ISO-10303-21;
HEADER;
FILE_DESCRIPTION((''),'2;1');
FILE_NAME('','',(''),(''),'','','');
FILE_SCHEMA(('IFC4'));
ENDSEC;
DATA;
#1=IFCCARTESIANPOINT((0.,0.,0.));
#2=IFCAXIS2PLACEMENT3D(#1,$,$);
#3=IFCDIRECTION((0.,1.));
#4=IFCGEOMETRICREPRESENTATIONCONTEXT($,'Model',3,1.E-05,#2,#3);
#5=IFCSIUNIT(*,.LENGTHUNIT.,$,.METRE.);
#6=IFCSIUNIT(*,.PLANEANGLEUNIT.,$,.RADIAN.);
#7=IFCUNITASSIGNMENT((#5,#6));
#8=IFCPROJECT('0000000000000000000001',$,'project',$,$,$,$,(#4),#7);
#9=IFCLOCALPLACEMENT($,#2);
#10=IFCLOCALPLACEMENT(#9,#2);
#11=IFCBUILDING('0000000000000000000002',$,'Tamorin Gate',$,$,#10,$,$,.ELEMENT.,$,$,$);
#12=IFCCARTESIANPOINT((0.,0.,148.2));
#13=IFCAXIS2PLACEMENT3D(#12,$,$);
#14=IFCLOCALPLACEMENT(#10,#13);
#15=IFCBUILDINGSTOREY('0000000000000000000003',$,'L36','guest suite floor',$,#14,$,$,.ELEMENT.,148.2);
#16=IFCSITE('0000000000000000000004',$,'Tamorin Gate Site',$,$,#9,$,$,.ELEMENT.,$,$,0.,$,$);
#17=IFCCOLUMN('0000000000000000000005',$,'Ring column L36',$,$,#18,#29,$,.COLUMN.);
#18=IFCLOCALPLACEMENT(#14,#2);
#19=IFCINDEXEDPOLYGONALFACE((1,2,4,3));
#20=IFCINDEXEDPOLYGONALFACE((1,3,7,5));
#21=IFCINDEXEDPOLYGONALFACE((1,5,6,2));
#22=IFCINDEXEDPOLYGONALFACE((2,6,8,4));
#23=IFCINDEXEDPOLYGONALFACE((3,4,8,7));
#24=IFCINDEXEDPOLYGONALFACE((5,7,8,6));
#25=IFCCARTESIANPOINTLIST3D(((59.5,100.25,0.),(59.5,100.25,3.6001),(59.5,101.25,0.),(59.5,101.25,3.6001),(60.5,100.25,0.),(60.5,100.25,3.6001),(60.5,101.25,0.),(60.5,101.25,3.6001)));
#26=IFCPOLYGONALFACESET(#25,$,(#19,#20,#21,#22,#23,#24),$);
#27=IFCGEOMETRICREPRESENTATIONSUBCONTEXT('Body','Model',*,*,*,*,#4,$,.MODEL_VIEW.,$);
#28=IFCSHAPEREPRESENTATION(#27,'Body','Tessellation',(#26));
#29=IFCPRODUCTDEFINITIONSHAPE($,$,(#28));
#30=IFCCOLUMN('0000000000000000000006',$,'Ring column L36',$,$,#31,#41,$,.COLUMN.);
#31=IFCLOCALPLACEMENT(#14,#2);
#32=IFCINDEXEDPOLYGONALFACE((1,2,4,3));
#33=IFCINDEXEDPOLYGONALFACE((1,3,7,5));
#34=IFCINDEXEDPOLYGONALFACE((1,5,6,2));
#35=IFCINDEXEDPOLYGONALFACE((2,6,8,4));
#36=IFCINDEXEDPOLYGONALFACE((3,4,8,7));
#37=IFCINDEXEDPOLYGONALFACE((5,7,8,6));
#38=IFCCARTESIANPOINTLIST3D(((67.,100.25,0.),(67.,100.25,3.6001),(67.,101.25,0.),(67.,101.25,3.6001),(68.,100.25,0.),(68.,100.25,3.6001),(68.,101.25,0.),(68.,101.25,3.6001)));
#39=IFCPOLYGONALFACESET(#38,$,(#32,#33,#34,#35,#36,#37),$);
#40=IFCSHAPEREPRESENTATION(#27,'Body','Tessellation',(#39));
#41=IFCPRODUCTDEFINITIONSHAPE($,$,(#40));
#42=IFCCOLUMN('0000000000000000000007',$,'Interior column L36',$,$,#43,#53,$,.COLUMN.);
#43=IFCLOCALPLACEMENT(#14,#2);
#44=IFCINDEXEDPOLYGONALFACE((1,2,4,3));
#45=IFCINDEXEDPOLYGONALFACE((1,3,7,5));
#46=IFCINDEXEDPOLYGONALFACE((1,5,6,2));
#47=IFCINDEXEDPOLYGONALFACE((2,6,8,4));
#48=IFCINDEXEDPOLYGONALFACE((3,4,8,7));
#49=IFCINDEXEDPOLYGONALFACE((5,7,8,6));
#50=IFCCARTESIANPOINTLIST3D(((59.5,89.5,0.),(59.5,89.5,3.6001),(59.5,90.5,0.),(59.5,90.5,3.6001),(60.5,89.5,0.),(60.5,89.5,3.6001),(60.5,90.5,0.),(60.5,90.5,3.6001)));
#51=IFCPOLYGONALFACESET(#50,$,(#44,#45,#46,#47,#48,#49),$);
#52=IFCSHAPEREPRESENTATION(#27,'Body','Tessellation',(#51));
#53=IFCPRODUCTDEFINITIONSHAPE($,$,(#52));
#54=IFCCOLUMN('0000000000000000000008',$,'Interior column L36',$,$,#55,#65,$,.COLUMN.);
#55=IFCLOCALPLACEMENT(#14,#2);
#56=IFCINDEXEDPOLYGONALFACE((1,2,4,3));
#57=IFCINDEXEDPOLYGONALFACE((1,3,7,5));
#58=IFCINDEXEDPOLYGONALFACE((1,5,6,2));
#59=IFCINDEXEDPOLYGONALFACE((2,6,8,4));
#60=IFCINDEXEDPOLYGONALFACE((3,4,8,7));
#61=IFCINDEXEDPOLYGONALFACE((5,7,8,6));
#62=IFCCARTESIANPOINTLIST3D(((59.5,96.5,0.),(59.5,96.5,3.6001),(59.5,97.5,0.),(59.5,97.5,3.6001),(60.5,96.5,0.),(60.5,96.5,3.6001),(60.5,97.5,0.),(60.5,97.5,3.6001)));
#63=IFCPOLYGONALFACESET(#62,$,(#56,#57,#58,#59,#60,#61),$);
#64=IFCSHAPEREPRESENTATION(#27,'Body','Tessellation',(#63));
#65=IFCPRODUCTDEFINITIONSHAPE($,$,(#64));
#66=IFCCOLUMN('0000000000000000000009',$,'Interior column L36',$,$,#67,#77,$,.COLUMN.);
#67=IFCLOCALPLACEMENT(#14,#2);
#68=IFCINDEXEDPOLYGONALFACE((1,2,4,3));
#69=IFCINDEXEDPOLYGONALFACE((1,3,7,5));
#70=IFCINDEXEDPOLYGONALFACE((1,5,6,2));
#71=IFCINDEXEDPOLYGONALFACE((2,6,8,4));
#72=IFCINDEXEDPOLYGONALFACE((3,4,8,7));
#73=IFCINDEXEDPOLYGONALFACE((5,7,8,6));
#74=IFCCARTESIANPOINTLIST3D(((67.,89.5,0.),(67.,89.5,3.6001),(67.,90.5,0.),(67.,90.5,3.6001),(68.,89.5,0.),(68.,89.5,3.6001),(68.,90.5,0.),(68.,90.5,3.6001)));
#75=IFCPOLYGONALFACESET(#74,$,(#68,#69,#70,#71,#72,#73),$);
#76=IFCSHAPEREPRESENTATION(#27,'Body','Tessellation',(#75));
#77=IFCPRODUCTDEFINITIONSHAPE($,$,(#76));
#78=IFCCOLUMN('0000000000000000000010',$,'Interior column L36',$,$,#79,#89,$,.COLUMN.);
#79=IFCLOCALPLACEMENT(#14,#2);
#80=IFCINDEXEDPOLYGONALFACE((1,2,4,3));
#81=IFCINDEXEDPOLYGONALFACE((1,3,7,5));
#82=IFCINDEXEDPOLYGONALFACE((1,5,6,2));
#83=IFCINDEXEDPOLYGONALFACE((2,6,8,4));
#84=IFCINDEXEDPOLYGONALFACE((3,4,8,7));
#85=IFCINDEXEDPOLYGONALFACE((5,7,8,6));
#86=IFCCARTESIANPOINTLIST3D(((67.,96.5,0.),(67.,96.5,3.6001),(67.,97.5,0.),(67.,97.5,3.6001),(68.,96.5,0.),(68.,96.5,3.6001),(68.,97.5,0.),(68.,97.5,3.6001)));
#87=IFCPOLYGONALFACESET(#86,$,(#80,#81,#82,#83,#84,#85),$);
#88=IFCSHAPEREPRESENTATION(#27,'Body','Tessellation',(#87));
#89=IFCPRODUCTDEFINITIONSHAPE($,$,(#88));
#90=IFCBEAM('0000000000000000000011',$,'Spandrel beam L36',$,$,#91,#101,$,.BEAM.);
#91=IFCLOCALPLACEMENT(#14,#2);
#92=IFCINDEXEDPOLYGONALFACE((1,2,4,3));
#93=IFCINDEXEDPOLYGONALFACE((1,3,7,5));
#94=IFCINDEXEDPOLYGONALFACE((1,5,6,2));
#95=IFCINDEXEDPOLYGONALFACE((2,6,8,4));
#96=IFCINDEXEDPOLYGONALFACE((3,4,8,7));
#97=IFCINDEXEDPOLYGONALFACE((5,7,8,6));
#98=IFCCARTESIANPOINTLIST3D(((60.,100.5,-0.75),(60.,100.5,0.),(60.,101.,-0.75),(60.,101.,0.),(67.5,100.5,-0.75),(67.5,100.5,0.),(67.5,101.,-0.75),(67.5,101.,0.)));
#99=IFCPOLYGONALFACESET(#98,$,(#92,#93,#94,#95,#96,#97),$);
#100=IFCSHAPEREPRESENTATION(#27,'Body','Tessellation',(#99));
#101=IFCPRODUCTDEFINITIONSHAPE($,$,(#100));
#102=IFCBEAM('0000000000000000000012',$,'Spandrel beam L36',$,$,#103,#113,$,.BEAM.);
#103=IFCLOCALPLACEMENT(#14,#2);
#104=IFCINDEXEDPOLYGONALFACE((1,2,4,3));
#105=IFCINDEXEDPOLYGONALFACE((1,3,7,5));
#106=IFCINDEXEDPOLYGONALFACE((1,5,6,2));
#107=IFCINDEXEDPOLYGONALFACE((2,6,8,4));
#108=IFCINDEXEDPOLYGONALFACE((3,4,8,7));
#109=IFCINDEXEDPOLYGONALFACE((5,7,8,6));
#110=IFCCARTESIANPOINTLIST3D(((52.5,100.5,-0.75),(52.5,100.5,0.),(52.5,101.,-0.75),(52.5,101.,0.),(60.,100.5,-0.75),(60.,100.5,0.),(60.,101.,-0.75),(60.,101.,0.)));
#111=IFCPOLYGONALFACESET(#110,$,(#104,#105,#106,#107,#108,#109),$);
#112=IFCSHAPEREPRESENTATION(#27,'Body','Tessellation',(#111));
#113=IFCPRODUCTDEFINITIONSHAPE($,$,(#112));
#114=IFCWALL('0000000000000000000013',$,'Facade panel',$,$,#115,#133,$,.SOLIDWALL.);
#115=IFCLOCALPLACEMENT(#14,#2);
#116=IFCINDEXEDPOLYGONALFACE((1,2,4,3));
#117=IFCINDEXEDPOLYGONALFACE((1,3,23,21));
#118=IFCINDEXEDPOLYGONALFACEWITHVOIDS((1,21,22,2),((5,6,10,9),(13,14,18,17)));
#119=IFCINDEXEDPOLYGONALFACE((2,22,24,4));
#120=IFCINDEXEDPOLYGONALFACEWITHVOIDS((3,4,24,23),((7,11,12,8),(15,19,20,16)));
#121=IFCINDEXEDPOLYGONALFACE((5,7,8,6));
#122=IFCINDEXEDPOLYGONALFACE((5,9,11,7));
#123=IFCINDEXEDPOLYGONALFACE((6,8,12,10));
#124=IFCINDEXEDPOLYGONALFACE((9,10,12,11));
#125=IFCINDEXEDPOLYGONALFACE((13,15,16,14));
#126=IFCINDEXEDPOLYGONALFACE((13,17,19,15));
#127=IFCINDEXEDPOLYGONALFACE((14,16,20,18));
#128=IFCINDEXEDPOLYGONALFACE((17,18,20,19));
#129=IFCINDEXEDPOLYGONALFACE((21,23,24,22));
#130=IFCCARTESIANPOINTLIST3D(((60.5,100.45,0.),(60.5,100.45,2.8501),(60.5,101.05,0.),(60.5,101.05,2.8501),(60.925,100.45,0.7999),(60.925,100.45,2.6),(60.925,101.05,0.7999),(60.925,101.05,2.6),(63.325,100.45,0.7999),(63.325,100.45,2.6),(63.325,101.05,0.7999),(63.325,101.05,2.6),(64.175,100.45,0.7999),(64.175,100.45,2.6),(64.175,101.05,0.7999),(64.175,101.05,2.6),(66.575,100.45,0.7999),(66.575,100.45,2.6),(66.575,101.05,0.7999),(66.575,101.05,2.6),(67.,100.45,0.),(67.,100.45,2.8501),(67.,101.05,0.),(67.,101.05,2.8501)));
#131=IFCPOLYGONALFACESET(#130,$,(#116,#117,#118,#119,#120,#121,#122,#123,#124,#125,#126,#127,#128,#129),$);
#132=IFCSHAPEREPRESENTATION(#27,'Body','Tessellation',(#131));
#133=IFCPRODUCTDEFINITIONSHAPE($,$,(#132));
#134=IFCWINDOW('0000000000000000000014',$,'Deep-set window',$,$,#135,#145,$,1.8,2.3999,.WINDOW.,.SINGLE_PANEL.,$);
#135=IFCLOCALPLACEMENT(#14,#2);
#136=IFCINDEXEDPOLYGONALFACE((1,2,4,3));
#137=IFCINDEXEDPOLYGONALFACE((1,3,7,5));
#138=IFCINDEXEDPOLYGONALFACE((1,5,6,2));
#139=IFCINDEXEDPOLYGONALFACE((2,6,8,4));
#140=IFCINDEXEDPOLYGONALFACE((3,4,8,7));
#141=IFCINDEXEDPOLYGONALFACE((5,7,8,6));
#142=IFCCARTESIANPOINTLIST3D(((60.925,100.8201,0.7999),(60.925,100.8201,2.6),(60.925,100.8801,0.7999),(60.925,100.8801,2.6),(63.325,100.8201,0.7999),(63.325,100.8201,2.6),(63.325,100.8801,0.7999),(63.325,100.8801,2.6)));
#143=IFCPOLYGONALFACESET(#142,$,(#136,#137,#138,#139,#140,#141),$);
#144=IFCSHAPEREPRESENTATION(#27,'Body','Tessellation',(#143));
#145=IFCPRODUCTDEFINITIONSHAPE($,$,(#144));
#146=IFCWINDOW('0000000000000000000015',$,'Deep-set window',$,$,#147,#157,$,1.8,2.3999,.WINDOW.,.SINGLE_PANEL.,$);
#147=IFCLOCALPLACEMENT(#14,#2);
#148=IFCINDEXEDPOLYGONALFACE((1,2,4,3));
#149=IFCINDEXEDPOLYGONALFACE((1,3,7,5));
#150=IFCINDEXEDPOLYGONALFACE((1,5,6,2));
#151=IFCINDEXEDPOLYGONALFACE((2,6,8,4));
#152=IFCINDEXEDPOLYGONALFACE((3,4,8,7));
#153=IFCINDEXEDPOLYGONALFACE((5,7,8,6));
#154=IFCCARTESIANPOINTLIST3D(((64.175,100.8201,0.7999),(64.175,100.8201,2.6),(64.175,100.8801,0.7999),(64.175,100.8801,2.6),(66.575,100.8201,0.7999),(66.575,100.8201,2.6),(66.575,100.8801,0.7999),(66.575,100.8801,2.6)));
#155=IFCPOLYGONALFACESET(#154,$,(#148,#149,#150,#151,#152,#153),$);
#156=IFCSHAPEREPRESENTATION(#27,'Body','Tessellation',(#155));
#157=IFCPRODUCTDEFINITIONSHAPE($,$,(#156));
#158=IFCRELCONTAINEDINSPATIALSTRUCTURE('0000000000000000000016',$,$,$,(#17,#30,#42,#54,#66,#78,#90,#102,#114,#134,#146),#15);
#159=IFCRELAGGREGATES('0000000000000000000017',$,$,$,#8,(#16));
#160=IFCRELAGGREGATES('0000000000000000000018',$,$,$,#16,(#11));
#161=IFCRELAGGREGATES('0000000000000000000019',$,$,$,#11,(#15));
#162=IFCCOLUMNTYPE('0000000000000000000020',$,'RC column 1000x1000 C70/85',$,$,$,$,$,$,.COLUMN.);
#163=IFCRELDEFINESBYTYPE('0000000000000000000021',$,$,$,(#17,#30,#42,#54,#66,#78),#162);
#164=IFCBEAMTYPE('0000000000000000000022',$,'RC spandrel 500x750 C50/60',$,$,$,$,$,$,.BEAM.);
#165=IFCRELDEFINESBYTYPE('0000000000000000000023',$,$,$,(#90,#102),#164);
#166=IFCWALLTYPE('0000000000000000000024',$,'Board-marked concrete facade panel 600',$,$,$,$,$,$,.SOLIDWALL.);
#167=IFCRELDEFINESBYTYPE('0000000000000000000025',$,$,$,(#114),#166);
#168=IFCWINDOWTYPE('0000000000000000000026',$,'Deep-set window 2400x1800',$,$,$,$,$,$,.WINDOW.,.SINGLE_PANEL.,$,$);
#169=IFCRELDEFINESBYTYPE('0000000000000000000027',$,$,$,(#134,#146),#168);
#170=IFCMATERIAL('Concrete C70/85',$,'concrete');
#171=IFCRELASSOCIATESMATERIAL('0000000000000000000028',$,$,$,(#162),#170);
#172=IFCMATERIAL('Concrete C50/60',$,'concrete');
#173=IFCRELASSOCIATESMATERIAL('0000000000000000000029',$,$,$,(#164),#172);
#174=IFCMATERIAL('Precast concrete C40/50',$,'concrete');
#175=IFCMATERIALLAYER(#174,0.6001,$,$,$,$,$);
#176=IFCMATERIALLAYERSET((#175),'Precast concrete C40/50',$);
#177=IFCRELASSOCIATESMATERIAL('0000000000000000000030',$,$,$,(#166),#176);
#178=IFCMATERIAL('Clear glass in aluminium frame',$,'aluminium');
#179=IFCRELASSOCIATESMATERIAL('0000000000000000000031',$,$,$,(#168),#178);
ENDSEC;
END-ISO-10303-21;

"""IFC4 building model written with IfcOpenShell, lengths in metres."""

from ifc_helpers import new_model, si_unit, direction, frame, frame_2d, origin, origin_2d, place, context, subcontext, project, spatial, rectangle, extrude, material, layer, layer_set, material_profile, profile_set, type_object, element, fill, save


model = new_model("IFC4")

# Units and contexts
model_context = context("Model", 3, precision=1e-05, world=origin(), true_north=direction((0.0, 1.0)))
body_context = subcontext(model_context, "Body", "Model", "MODEL_VIEW")
ifc_project = project(units=[si_unit("LENGTHUNIT", "METRE"), si_unit("PLANEANGLEUNIT", "RADIAN")], contexts=[model_context])

# Site, building, storey
site_placement = place(None, origin())
site = spatial("IfcSite", under=ifc_project, at=site_placement, Name="Tamorin Gate Site", CompositionType="ELEMENT", RefElevation=0.0)
building_placement = place(site_placement, origin())
building = spatial("IfcBuilding", under=site, at=building_placement, Name="Tamorin Gate", CompositionType="ELEMENT")
storey_placement = place(building_placement, frame((0.0, 0.0, 148.2)))
storey = spatial("IfcBuildingStorey", under=building, at=storey_placement, Name="L36", Description="guest suite floor", CompositionType="ELEMENT", Elevation=148.2)

# Columns
ifc_material_1 = material(Name="Concrete C70/85", Category="concrete")
ifc_material_profile_1 = material_profile(ifc_material_1, rectangle(XDim=1.0, YDim=1.0, at=origin_2d()), Name="RC 1000x1000")
ifc_profile_set_1 = profile_set([ifc_material_profile_1], Name="Concrete C70/85")
column_type = type_object("IfcColumnType", Name="RC column 1000x1000 C70/85", PredefinedType="COLUMN", material=ifc_profile_set_1)
for number, where, z_axis, x_axis, name in (
    (1, (60.0, 100.75, 0.0), (0.0, 0.0, 1.0), (1.0, 0.0, 0.0), "Ring column L36"),
    (2, (67.5, 100.75, 0.0), (0.0, 0.0, 1.0), (1.0, 0.0, 0.0), "Ring column L36"),
    (3, (60.0, 90.0, 0.0), (0.0, 0.0, 1.0), (1.0, 0.0, 0.0), "Interior column L36"),
    (4, (60.0, 97.0, 0.0), (0.0, 0.0, 1.0), (1.0, 0.0, 0.0), "Interior column L36"),
    (5, (67.5, 90.0, 0.0), (0.0, 0.0, 1.0), (1.0, 0.0, 0.0), "Interior column L36"),
    (6, (67.5, 97.0, 0.0), (0.0, 0.0, 1.0), (1.0, 0.0, 0.0), "Interior column L36"),
):
    element("IfcColumn", number, at=place(storey_placement, frame(where, z_axis=z_axis, x_axis=x_axis)), inside=storey, type_object=column_type, Name=name, PredefinedType="COLUMN", context=body_context, shape_type="SweptSolid", body=[
        extrude(rectangle(XDim=1.0, YDim=1.0, at=origin_2d()), origin(), (0.0, 0.0, 1.0), 3.6001),
    ])

# Beams
ifc_material_2 = material(Name="Concrete C50/60", Category="concrete")
ifc_material_profile_2 = material_profile(ifc_material_2, rectangle(XDim=0.5, YDim=0.75, at=origin_2d()), Name="RC 500x750")
ifc_profile_set_2 = profile_set([ifc_material_profile_2], Name="Concrete C50/60")
beam_type = type_object("IfcBeamType", Name="RC spandrel 500x750 C50/60", PredefinedType="BEAM", material=ifc_profile_set_2)
for number, where, z_axis, x_axis, name in (
    (7, (67.5, 100.75, -0.375), (-1.0, 0.0, 0.0), (0.0, -1.0, 0.0), "Spandrel beam L36"),
    (8, (60.0, 100.75, -0.375), (-1.0, 0.0, 0.0), (0.0, -1.0, 0.0), "Spandrel beam L36"),
):
    element("IfcBeam", number, at=place(storey_placement, frame(where, z_axis=z_axis, x_axis=x_axis)), inside=storey, type_object=beam_type, Name=name, PredefinedType="BEAM", context=body_context, shape_type="SweptSolid", body=[
        extrude(rectangle(XDim=0.5, YDim=0.75, at=origin_2d()), origin(), (0.0, 0.0, 1.0), 7.5),
    ])

# Wall, openings, windows
ifc_material_3 = material(Name="Precast concrete C40/50", Category="concrete")
ifc_layer_1 = layer(ifc_material_3, 0.6001)
ifc_layer_set_1 = layer_set([ifc_layer_1], Name="Precast concrete C40/50")
wall_type_1 = type_object("IfcWallType", Name="Board-marked concrete facade panel 600", PredefinedType="SOLIDWALL", material=ifc_layer_set_1)
wall_1_placement = place(storey_placement, frame((67.0, 100.75, 0.0), z_axis=(0.0, 0.0, 1.0), x_axis=(-1.0, 0.0, 0.0)))
wall_1 = element("IfcWall", 9, at=wall_1_placement, inside=storey, type_object=wall_type_1, Name="Facade panel", PredefinedType="SOLIDWALL", context=body_context, shape_type="SweptSolid", body=[
    extrude(rectangle(XDim=6.5, YDim=0.6001, at=frame_2d((3.25, 0.0))), origin(), (0.0, 0.0, 1.0), 2.8501),
])
opening_1_placement = place(wall_1_placement, frame((3.675, 0.0, 0.8)))
opening_1 = element("IfcOpeningElement", 10, at=opening_1_placement, cuts=wall_1, PredefinedType="OPENING", context=body_context, shape_type="SweptSolid", body=[
    extrude(rectangle(XDim=2.3999, YDim=1.8, at=frame_2d((1.2, 0.8999))), frame((0.0, 0.3101, 0.0), z_axis=(0.0, -1.0, 0.0), x_axis=(1.0, 0.0, 0.0)), (0.0, 0.0, 1.0), 0.6201),
])
opening_2_placement = place(wall_1_placement, frame((0.425, 0.0, 0.8)))
opening_2 = element("IfcOpeningElement", 11, at=opening_2_placement, cuts=wall_1, PredefinedType="OPENING", context=body_context, shape_type="SweptSolid", body=[
    extrude(rectangle(XDim=2.3999, YDim=1.8, at=frame_2d((1.2, 0.8999))), frame((0.0, 0.3101, 0.0), z_axis=(0.0, -1.0, 0.0), x_axis=(1.0, 0.0, 0.0)), (0.0, 0.0, 1.0), 0.6201),
])
ifc_material_4 = material(Name="Clear glass in aluminium frame", Category="aluminium")
window_type = type_object("IfcWindowType", Name="Deep-set window 2400x1800", PartitioningType="SINGLE_PANEL", PredefinedType="WINDOW", material=ifc_material_4)
window_1_placement = place(opening_1_placement, origin())
window_1 = element("IfcWindow", 12, at=window_1_placement, inside=storey, type_object=window_type, Name="Deep-set window", OverallHeight=1.8, OverallWidth=2.3999, PartitioningType="SINGLE_PANEL", PredefinedType="WINDOW", context=body_context, shape_type="SweptSolid", body=[
    extrude(rectangle(XDim=2.3999, YDim=1.8, at=frame_2d((1.2, 0.8999))), frame((0.0, -0.0701, 0.0), z_axis=(0.0, -1.0, 0.0), x_axis=(1.0, 0.0, 0.0)), (0.0, 0.0, 1.0), 0.0601),
])
fill(opening_1, window_1)
window_2_placement = place(opening_2_placement, origin())
window_2 = element("IfcWindow", 13, at=window_2_placement, inside=storey, type_object=window_type, Name="Deep-set window", OverallHeight=1.8, OverallWidth=2.3999, PartitioningType="SINGLE_PANEL", PredefinedType="WINDOW", context=body_context, shape_type="SweptSolid", body=[
    extrude(rectangle(XDim=2.3999, YDim=1.8, at=frame_2d((1.2, 0.8999))), frame((0.0, -0.0701, 0.0), z_axis=(0.0, -1.0, 0.0), x_axis=(1.0, 0.0, 0.0)), (0.0, 0.0, 1.0), 0.0601),
])
fill(opening_2, window_2)

save(model, "model.ifc")
